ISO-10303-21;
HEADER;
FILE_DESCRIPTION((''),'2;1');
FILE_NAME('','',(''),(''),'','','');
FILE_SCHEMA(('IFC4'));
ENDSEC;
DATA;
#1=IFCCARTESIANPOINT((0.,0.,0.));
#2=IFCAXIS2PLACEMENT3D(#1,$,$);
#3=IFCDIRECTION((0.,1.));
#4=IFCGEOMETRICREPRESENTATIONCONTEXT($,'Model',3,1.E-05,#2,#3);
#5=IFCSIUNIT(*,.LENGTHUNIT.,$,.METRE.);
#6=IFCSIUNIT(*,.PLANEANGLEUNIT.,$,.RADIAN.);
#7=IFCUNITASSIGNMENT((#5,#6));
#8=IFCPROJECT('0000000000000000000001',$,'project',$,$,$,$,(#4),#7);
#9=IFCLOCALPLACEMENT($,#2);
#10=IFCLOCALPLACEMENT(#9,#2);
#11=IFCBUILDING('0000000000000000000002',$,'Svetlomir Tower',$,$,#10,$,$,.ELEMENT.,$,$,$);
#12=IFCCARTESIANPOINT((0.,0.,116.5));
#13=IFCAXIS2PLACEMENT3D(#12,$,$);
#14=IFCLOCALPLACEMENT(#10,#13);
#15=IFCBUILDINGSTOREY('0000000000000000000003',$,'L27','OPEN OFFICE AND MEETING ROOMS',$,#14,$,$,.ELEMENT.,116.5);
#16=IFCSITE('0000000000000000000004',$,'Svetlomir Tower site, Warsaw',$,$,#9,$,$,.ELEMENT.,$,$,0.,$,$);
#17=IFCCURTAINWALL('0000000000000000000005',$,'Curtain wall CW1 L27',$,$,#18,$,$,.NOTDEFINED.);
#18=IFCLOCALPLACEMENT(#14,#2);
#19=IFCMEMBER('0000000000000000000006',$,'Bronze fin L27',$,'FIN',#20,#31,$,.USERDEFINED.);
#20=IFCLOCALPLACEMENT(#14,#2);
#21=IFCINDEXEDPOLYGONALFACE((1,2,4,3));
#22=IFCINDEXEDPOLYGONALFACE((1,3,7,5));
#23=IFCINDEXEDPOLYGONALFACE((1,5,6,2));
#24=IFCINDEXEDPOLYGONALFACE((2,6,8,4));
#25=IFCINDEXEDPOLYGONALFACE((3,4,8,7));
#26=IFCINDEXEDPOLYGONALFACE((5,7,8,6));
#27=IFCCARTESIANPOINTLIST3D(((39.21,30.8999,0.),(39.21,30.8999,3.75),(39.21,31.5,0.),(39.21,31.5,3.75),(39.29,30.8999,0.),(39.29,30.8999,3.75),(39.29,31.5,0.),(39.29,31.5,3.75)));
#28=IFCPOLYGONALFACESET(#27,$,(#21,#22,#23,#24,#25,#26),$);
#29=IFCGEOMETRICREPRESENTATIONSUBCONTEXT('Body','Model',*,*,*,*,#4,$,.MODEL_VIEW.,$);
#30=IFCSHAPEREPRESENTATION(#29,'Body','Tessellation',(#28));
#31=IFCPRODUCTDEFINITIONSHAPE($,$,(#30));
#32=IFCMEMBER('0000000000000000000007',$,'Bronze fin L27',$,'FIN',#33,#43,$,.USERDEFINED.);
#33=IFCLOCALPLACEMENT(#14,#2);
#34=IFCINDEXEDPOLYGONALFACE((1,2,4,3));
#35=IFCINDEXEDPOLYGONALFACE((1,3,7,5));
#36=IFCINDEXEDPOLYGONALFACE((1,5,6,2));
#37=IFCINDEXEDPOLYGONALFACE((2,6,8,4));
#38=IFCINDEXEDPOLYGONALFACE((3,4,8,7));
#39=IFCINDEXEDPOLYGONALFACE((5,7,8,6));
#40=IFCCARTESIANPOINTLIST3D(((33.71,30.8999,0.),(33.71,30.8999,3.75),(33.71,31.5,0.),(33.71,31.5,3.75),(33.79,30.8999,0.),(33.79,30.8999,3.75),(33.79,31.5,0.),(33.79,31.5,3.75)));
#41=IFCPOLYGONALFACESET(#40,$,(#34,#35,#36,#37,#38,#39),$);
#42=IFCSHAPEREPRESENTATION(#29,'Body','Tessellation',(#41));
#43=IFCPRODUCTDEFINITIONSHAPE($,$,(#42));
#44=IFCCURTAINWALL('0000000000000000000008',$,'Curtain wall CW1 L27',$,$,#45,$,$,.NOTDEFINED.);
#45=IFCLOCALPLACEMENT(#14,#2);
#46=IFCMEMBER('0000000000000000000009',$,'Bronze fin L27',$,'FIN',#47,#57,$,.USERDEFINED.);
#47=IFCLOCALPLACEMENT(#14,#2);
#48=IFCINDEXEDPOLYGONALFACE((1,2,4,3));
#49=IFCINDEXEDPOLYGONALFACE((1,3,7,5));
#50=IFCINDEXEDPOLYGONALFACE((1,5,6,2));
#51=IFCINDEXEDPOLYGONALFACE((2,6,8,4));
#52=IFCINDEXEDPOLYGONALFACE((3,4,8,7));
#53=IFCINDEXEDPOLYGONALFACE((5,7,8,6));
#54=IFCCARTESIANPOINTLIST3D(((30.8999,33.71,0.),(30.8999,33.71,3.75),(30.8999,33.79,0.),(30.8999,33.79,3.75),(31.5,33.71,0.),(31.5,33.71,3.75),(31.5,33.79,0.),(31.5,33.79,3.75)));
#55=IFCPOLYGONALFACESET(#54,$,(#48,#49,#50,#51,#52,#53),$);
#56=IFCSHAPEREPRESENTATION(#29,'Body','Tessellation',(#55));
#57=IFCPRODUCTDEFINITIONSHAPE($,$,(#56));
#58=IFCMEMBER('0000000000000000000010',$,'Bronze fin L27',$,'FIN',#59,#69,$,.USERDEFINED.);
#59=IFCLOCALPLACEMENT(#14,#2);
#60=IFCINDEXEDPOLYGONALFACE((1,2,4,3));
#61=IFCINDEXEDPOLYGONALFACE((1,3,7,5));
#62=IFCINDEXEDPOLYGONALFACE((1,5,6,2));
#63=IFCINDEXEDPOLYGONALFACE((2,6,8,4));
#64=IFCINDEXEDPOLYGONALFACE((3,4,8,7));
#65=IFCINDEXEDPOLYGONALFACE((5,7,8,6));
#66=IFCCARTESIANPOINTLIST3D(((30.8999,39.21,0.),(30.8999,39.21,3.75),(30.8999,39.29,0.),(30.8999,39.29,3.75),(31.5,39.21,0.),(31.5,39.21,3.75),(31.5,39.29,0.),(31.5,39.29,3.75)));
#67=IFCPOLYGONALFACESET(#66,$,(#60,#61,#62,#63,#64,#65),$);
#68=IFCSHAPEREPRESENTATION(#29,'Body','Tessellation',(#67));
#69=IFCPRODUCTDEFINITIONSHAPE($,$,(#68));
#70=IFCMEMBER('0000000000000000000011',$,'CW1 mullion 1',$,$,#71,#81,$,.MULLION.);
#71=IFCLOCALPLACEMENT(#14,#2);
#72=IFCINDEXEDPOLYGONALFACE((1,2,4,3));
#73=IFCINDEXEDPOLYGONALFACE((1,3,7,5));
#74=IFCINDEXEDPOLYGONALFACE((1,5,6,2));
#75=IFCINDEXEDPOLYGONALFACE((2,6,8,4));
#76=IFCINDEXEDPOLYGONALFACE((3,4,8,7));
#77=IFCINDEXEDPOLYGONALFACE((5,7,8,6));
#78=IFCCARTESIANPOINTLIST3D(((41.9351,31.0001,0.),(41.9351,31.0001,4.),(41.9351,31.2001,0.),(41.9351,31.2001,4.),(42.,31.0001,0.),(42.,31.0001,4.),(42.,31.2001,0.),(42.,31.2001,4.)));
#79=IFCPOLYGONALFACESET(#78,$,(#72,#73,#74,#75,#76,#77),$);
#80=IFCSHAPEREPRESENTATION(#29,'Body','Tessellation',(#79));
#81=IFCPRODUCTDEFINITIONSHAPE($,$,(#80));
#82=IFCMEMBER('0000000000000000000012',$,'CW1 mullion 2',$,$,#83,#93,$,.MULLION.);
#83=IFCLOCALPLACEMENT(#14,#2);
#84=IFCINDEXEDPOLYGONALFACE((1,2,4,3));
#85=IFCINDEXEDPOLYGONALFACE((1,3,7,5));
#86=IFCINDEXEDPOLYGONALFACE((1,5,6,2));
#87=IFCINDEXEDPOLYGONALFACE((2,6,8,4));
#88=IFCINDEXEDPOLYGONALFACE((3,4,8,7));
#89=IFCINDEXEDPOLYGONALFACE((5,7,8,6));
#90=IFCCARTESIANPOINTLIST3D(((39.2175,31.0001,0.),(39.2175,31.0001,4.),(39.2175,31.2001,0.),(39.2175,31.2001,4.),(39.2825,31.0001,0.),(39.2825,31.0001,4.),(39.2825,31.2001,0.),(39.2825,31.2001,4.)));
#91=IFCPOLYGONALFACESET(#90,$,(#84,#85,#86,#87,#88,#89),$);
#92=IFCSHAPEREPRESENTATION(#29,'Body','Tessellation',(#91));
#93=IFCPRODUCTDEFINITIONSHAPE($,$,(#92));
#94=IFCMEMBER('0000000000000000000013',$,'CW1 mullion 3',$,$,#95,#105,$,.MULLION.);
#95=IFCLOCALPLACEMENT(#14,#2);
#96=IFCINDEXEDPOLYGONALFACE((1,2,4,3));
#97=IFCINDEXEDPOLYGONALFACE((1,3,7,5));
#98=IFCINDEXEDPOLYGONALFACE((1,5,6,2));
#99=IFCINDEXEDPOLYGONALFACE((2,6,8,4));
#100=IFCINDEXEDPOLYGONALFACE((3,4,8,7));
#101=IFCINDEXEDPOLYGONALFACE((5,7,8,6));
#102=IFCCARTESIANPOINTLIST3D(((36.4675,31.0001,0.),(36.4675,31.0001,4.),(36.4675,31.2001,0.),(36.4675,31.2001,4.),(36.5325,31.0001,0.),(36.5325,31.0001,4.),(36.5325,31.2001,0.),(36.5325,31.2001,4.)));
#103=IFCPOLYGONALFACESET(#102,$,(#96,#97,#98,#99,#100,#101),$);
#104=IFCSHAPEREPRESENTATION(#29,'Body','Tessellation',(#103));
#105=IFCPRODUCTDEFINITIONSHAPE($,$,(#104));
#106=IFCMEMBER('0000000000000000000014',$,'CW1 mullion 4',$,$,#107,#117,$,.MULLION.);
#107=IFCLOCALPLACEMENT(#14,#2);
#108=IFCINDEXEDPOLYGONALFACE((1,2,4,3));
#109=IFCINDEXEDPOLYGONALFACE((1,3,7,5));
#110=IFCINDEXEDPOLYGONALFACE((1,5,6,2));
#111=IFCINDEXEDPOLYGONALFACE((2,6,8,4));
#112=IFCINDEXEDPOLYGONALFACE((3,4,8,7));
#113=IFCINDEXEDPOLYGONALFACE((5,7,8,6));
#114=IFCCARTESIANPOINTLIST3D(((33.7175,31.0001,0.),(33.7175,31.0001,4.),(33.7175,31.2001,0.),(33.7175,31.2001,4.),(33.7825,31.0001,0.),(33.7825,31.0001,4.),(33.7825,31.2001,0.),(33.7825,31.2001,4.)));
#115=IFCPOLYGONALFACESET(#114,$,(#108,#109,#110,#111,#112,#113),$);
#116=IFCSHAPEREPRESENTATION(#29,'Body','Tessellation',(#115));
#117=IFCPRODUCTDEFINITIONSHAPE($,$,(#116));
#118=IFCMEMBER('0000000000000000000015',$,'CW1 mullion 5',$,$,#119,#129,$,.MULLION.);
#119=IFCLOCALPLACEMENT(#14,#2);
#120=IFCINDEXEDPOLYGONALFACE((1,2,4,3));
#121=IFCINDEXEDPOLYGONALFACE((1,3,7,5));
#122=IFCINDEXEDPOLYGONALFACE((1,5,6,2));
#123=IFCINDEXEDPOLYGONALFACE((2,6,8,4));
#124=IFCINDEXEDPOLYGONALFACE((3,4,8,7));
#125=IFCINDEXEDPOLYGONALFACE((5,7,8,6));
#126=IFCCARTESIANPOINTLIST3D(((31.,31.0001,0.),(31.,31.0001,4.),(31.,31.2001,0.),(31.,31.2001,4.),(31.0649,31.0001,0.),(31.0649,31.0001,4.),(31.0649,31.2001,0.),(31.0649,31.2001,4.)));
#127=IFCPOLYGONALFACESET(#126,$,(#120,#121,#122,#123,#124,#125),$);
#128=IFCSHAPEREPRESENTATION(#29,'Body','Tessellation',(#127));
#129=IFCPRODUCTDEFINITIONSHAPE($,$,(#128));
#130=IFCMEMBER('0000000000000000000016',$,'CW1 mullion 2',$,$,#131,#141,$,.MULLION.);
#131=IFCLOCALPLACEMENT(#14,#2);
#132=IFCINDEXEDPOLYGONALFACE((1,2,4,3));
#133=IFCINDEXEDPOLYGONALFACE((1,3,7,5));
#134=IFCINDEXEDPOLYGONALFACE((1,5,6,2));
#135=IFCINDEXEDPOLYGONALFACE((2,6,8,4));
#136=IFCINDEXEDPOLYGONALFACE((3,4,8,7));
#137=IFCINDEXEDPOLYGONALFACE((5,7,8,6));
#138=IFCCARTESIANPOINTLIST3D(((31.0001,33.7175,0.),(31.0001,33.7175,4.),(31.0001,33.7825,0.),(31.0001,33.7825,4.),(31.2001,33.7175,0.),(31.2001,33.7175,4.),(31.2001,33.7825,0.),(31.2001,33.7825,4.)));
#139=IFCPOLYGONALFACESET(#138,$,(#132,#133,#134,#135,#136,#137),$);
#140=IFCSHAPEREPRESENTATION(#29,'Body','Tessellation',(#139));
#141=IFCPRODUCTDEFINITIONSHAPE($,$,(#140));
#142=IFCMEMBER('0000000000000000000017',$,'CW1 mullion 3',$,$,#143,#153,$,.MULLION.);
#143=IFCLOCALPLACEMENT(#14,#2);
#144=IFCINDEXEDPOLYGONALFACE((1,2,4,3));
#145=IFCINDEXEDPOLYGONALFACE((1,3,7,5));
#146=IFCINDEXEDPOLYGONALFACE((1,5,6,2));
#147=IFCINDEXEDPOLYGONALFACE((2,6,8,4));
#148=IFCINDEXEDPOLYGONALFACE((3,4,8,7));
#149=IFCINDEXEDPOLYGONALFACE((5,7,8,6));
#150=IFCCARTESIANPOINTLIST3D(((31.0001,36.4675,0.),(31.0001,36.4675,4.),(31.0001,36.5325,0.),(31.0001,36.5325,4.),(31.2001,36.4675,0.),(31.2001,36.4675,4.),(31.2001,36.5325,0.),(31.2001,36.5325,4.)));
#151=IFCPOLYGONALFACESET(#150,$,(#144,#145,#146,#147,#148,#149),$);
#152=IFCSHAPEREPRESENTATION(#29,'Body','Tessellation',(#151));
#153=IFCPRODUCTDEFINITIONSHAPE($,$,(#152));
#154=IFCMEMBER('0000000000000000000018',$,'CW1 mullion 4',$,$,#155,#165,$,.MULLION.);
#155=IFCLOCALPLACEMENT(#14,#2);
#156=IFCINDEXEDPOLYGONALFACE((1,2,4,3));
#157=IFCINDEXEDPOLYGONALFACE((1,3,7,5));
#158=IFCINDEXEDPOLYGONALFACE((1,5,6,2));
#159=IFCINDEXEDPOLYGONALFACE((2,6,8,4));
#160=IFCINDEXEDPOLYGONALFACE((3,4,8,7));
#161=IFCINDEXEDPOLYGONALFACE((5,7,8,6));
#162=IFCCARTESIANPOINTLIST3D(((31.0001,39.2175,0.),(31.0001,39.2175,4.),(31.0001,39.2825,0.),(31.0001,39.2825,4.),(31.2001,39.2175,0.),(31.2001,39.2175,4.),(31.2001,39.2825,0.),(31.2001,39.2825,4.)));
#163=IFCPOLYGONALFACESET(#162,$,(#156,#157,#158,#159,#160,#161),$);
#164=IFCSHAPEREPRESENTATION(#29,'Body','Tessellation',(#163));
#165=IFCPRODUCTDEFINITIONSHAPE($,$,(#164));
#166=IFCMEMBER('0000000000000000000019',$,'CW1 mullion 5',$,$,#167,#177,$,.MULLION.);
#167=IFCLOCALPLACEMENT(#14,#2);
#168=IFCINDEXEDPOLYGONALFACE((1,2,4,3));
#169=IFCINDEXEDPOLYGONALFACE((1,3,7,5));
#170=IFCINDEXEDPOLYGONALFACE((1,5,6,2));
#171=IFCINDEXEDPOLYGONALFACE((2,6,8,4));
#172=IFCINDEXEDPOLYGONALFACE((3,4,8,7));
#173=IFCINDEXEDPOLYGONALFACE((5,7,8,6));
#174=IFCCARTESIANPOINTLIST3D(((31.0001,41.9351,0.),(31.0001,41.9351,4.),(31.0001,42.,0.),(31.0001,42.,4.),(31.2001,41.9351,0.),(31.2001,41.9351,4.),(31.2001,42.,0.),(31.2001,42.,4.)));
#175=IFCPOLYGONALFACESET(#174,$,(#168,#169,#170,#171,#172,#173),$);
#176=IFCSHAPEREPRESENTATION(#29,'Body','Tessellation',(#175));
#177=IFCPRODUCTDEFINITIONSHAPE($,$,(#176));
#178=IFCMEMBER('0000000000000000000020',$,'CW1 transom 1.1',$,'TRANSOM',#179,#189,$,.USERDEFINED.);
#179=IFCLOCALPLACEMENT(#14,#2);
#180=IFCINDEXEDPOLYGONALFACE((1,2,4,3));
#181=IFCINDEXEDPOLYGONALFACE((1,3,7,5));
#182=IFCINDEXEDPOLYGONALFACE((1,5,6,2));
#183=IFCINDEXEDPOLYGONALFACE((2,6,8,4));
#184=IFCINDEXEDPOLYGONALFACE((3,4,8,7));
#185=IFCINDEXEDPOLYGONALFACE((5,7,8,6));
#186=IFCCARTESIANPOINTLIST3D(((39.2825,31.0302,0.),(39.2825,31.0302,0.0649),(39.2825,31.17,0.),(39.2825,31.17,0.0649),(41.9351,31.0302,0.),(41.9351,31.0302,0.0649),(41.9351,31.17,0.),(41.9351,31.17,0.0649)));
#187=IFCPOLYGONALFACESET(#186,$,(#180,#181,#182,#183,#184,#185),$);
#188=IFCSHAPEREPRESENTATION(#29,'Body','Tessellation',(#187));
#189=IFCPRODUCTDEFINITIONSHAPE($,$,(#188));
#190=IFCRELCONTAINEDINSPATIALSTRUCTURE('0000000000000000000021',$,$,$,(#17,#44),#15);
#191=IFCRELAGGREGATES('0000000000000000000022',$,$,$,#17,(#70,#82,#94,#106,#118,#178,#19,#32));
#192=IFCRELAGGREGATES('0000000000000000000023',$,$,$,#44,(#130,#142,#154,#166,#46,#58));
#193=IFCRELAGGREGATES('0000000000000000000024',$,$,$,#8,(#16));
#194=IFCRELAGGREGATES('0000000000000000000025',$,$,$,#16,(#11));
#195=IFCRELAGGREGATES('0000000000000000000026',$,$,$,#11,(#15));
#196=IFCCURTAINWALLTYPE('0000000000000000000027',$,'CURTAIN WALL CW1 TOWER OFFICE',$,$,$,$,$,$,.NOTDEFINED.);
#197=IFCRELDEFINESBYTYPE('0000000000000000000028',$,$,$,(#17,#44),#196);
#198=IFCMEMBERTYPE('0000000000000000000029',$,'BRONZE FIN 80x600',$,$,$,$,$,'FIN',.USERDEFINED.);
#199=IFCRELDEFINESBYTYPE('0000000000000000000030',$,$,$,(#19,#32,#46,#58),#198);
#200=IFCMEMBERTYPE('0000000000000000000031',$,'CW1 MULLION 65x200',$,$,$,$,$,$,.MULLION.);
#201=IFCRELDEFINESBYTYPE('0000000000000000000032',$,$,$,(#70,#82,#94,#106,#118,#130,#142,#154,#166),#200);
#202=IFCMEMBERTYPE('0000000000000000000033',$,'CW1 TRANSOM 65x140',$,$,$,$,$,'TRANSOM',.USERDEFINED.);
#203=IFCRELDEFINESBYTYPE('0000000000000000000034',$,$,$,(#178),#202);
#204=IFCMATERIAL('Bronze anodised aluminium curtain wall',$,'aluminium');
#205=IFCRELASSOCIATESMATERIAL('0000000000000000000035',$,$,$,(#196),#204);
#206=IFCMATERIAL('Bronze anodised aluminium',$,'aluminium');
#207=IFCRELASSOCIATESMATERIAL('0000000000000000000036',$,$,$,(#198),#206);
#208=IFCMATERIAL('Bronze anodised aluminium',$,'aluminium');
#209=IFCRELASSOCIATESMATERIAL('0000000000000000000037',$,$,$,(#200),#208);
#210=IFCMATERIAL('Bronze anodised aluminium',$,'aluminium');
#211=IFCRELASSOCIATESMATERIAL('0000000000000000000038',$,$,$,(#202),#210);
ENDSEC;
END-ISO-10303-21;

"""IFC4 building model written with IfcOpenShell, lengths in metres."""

from ifc_helpers import new_model, si_unit, direction, frame, origin, origin_2d, place, context, subcontext, project, spatial, rectangle, extrude, material, material_profile, profile_set, type_object, element, aggregate, save


model = new_model("IFC4")

# Units and contexts
model_context = context("Model", 3, precision=1e-05, world=origin(), true_north=direction((0.0, 1.0)))
body_context = subcontext(model_context, "Body", "Model", "MODEL_VIEW")
ifc_project = project(units=[si_unit("LENGTHUNIT", "METRE"), si_unit("PLANEANGLEUNIT", "RADIAN")], contexts=[model_context])

# Site, building, storey
site_placement = place(None, origin())
site = spatial("IfcSite", under=ifc_project, at=site_placement, Name="Svetlomir Tower site, Warsaw", CompositionType="ELEMENT", RefElevation=0.0)
building_placement = place(site_placement, origin())
building = spatial("IfcBuilding", under=site, at=building_placement, Name="Svetlomir Tower", CompositionType="ELEMENT")
storey_placement = place(building_placement, frame((0.0, 0.0, 116.5)))
storey = spatial("IfcBuildingStorey", under=building, at=storey_placement, Name="L27", Description="OPEN OFFICE AND MEETING ROOMS", CompositionType="ELEMENT", Elevation=116.5)

# Curtain walls, members
ifc_material_1 = material(Name="Bronze anodised aluminium curtain wall", Category="aluminium")
curtain_wall_type = type_object("IfcCurtainWallType", Name="CURTAIN WALL CW1 TOWER OFFICE", PredefinedType="NOTDEFINED", material=ifc_material_1)
curtain_wall_1_placement = place(storey_placement, origin())
curtain_wall_1 = element("IfcCurtainWall", 1, at=curtain_wall_1_placement, inside=storey, type_object=curtain_wall_type, Name="Curtain wall CW1 L27", PredefinedType="NOTDEFINED")
ifc_material_2 = material(Name="Bronze anodised aluminium", Category="aluminium")
ifc_material_profile_1 = material_profile(ifc_material_2, rectangle(XDim=0.0801, YDim=0.6001, at=origin_2d()), Name="FIN 80x600")
ifc_profile_set_1 = profile_set([ifc_material_profile_1], Name="Bronze anodised aluminium 6063-T6")
member_type_1 = type_object("IfcMemberType", Name="BRONZE FIN 80x600", ElementType="FIN", PredefinedType="USERDEFINED", material=ifc_profile_set_1)
member_1_placement = place(storey_placement, frame((39.25, 31.2, 0.0), z_axis=(0.0, 0.0, 1.0), x_axis=(1.0, 0.0, 0.0)))
member_1 = element("IfcMember", 2, at=member_1_placement, type_object=member_type_1, Name="Bronze fin L27", ObjectType="FIN", PredefinedType="USERDEFINED", context=body_context, shape_type="SweptSolid", body=[
    extrude(rectangle(XDim=0.0801, YDim=0.6001, at=origin_2d()), origin(), (0.0, 0.0, 1.0), 3.75),
])
member_2_placement = place(storey_placement, frame((33.75, 31.2, 0.0), z_axis=(0.0, 0.0, 1.0), x_axis=(1.0, 0.0, 0.0)))
member_2 = element("IfcMember", 3, at=member_2_placement, type_object=member_type_1, Name="Bronze fin L27", ObjectType="FIN", PredefinedType="USERDEFINED", context=body_context, shape_type="SweptSolid", body=[
    extrude(rectangle(XDim=0.0801, YDim=0.6001, at=origin_2d()), origin(), (0.0, 0.0, 1.0), 3.75),
])
curtain_wall_2_placement = place(storey_placement, origin())
curtain_wall_2 = element("IfcCurtainWall", 4, at=curtain_wall_2_placement, inside=storey, type_object=curtain_wall_type, Name="Curtain wall CW1 L27", PredefinedType="NOTDEFINED")
member_3_placement = place(storey_placement, frame((31.2, 33.75, 0.0), z_axis=(0.0, 0.0, 1.0), x_axis=(0.0, 1.0, 0.0)))
member_3 = element("IfcMember", 5, at=member_3_placement, type_object=member_type_1, Name="Bronze fin L27", ObjectType="FIN", PredefinedType="USERDEFINED", context=body_context, shape_type="SweptSolid", body=[
    extrude(rectangle(XDim=0.0801, YDim=0.6001, at=origin_2d()), origin(), (0.0, 0.0, 1.0), 3.75),
])
member_4_placement = place(storey_placement, frame((31.2, 39.25, 0.0), z_axis=(0.0, 0.0, 1.0), x_axis=(0.0, 1.0, 0.0)))
member_4 = element("IfcMember", 6, at=member_4_placement, type_object=member_type_1, Name="Bronze fin L27", ObjectType="FIN", PredefinedType="USERDEFINED", context=body_context, shape_type="SweptSolid", body=[
    extrude(rectangle(XDim=0.0801, YDim=0.6001, at=origin_2d()), origin(), (0.0, 0.0, 1.0), 3.75),
])

# Members
ifc_material_3 = material(Name="Bronze anodised aluminium", Category="aluminium")
ifc_material_profile_2 = material_profile(ifc_material_3, rectangle(XDim=0.0649, YDim=0.2, at=origin_2d()), Name="AL 65x200")
ifc_profile_set_2 = profile_set([ifc_material_profile_2], Name="Bronze anodised aluminium 6063-T6")
member_type_2 = type_object("IfcMemberType", Name="CW1 MULLION 65x200", PredefinedType="MULLION", material=ifc_profile_set_2)
member_5_placement = place(storey_placement, frame((41.9675, 31.1001, 0.0), z_axis=(0.0, 0.0, 1.0), x_axis=(-1.0, 0.0, 0.0)))
member_5 = element("IfcMember", 7, at=member_5_placement, type_object=member_type_2, Name="CW1 mullion 1", PredefinedType="MULLION", context=body_context, shape_type="SweptSolid", body=[
    extrude(rectangle(XDim=0.0649, YDim=0.2, at=origin_2d()), origin(), (0.0, 0.0, 1.0), 4.0),
])
member_6_placement = place(storey_placement, frame((39.25, 31.1001, 0.0), z_axis=(0.0, 0.0, 1.0), x_axis=(-1.0, 0.0, 0.0)))
member_6 = element("IfcMember", 8, at=member_6_placement, type_object=member_type_2, Name="CW1 mullion 2", PredefinedType="MULLION", context=body_context, shape_type="SweptSolid", body=[
    extrude(rectangle(XDim=0.0649, YDim=0.2, at=origin_2d()), origin(), (0.0, 0.0, 1.0), 4.0),
])
member_7_placement = place(storey_placement, frame((36.5, 31.1001, 0.0), z_axis=(0.0, 0.0, 1.0), x_axis=(-1.0, 0.0, 0.0)))
member_7 = element("IfcMember", 9, at=member_7_placement, type_object=member_type_2, Name="CW1 mullion 3", PredefinedType="MULLION", context=body_context, shape_type="SweptSolid", body=[
    extrude(rectangle(XDim=0.0649, YDim=0.2, at=origin_2d()), origin(), (0.0, 0.0, 1.0), 4.0),
])
member_8_placement = place(storey_placement, frame((33.75, 31.1001, 0.0), z_axis=(0.0, 0.0, 1.0), x_axis=(-1.0, 0.0, 0.0)))
member_8 = element("IfcMember", 10, at=member_8_placement, type_object=member_type_2, Name="CW1 mullion 4", PredefinedType="MULLION", context=body_context, shape_type="SweptSolid", body=[
    extrude(rectangle(XDim=0.0649, YDim=0.2, at=origin_2d()), origin(), (0.0, 0.0, 1.0), 4.0),
])
member_9_placement = place(storey_placement, frame((31.0325, 31.1001, 0.0), z_axis=(0.0, 0.0, 1.0), x_axis=(-1.0, 0.0, 0.0)))
member_9 = element("IfcMember", 11, at=member_9_placement, type_object=member_type_2, Name="CW1 mullion 5", PredefinedType="MULLION", context=body_context, shape_type="SweptSolid", body=[
    extrude(rectangle(XDim=0.0649, YDim=0.2, at=origin_2d()), origin(), (0.0, 0.0, 1.0), 4.0),
])
member_10_placement = place(storey_placement, frame((31.1001, 33.75, 0.0), z_axis=(0.0, 0.0, 1.0), x_axis=(0.0, 1.0, 0.0)))
member_10 = element("IfcMember", 12, at=member_10_placement, type_object=member_type_2, Name="CW1 mullion 2", PredefinedType="MULLION", context=body_context, shape_type="SweptSolid", body=[
    extrude(rectangle(XDim=0.0649, YDim=0.2, at=origin_2d()), origin(), (0.0, 0.0, 1.0), 4.0),
])
member_11_placement = place(storey_placement, frame((31.1001, 36.5, 0.0), z_axis=(0.0, 0.0, 1.0), x_axis=(0.0, 1.0, 0.0)))
member_11 = element("IfcMember", 13, at=member_11_placement, type_object=member_type_2, Name="CW1 mullion 3", PredefinedType="MULLION", context=body_context, shape_type="SweptSolid", body=[
    extrude(rectangle(XDim=0.0649, YDim=0.2, at=origin_2d()), origin(), (0.0, 0.0, 1.0), 4.0),
])
member_12_placement = place(storey_placement, frame((31.1001, 39.25, 0.0), z_axis=(0.0, 0.0, 1.0), x_axis=(0.0, 1.0, 0.0)))
member_12 = element("IfcMember", 14, at=member_12_placement, type_object=member_type_2, Name="CW1 mullion 4", PredefinedType="MULLION", context=body_context, shape_type="SweptSolid", body=[
    extrude(rectangle(XDim=0.0649, YDim=0.2, at=origin_2d()), origin(), (0.0, 0.0, 1.0), 4.0),
])
member_13_placement = place(storey_placement, frame((31.1001, 41.9675, 0.0), z_axis=(0.0, 0.0, 1.0), x_axis=(0.0, 1.0, 0.0)))
member_13 = element("IfcMember", 15, at=member_13_placement, type_object=member_type_2, Name="CW1 mullion 5", PredefinedType="MULLION", context=body_context, shape_type="SweptSolid", body=[
    extrude(rectangle(XDim=0.0649, YDim=0.2, at=origin_2d()), origin(), (0.0, 0.0, 1.0), 4.0),
])
ifc_material_4 = material(Name="Bronze anodised aluminium", Category="aluminium")
ifc_material_profile_3 = material_profile(ifc_material_4, rectangle(XDim=0.1399, YDim=0.0649, at=origin_2d()), Name="AL 140x65")
ifc_profile_set_3 = profile_set([ifc_material_profile_3], Name="Bronze anodised aluminium 6063-T6")
member_type_3 = type_object("IfcMemberType", Name="CW1 TRANSOM 65x140", ElementType="TRANSOM", PredefinedType="USERDEFINED", material=ifc_profile_set_3)
member_14_placement = place(storey_placement, frame((41.9351, 31.1001, 0.0325), z_axis=(-1.0, 0.0, 0.0), x_axis=(0.0, -1.0, 0.0)))
member_14 = element("IfcMember", 16, at=member_14_placement, type_object=member_type_3, Name="CW1 transom 1.1", ObjectType="TRANSOM", PredefinedType="USERDEFINED", context=body_context, shape_type="SweptSolid", body=[
    extrude(rectangle(XDim=0.1399, YDim=0.0649, at=origin_2d()), origin(), (0.0, 0.0, 1.0), 2.6526),
])

aggregate(curtain_wall_1, [member_5, member_6, member_7, member_8, member_9, member_14, member_1, member_2])
aggregate(curtain_wall_2, [member_10, member_11, member_12, member_13, member_3, member_4])

save(model, "model.ifc")
